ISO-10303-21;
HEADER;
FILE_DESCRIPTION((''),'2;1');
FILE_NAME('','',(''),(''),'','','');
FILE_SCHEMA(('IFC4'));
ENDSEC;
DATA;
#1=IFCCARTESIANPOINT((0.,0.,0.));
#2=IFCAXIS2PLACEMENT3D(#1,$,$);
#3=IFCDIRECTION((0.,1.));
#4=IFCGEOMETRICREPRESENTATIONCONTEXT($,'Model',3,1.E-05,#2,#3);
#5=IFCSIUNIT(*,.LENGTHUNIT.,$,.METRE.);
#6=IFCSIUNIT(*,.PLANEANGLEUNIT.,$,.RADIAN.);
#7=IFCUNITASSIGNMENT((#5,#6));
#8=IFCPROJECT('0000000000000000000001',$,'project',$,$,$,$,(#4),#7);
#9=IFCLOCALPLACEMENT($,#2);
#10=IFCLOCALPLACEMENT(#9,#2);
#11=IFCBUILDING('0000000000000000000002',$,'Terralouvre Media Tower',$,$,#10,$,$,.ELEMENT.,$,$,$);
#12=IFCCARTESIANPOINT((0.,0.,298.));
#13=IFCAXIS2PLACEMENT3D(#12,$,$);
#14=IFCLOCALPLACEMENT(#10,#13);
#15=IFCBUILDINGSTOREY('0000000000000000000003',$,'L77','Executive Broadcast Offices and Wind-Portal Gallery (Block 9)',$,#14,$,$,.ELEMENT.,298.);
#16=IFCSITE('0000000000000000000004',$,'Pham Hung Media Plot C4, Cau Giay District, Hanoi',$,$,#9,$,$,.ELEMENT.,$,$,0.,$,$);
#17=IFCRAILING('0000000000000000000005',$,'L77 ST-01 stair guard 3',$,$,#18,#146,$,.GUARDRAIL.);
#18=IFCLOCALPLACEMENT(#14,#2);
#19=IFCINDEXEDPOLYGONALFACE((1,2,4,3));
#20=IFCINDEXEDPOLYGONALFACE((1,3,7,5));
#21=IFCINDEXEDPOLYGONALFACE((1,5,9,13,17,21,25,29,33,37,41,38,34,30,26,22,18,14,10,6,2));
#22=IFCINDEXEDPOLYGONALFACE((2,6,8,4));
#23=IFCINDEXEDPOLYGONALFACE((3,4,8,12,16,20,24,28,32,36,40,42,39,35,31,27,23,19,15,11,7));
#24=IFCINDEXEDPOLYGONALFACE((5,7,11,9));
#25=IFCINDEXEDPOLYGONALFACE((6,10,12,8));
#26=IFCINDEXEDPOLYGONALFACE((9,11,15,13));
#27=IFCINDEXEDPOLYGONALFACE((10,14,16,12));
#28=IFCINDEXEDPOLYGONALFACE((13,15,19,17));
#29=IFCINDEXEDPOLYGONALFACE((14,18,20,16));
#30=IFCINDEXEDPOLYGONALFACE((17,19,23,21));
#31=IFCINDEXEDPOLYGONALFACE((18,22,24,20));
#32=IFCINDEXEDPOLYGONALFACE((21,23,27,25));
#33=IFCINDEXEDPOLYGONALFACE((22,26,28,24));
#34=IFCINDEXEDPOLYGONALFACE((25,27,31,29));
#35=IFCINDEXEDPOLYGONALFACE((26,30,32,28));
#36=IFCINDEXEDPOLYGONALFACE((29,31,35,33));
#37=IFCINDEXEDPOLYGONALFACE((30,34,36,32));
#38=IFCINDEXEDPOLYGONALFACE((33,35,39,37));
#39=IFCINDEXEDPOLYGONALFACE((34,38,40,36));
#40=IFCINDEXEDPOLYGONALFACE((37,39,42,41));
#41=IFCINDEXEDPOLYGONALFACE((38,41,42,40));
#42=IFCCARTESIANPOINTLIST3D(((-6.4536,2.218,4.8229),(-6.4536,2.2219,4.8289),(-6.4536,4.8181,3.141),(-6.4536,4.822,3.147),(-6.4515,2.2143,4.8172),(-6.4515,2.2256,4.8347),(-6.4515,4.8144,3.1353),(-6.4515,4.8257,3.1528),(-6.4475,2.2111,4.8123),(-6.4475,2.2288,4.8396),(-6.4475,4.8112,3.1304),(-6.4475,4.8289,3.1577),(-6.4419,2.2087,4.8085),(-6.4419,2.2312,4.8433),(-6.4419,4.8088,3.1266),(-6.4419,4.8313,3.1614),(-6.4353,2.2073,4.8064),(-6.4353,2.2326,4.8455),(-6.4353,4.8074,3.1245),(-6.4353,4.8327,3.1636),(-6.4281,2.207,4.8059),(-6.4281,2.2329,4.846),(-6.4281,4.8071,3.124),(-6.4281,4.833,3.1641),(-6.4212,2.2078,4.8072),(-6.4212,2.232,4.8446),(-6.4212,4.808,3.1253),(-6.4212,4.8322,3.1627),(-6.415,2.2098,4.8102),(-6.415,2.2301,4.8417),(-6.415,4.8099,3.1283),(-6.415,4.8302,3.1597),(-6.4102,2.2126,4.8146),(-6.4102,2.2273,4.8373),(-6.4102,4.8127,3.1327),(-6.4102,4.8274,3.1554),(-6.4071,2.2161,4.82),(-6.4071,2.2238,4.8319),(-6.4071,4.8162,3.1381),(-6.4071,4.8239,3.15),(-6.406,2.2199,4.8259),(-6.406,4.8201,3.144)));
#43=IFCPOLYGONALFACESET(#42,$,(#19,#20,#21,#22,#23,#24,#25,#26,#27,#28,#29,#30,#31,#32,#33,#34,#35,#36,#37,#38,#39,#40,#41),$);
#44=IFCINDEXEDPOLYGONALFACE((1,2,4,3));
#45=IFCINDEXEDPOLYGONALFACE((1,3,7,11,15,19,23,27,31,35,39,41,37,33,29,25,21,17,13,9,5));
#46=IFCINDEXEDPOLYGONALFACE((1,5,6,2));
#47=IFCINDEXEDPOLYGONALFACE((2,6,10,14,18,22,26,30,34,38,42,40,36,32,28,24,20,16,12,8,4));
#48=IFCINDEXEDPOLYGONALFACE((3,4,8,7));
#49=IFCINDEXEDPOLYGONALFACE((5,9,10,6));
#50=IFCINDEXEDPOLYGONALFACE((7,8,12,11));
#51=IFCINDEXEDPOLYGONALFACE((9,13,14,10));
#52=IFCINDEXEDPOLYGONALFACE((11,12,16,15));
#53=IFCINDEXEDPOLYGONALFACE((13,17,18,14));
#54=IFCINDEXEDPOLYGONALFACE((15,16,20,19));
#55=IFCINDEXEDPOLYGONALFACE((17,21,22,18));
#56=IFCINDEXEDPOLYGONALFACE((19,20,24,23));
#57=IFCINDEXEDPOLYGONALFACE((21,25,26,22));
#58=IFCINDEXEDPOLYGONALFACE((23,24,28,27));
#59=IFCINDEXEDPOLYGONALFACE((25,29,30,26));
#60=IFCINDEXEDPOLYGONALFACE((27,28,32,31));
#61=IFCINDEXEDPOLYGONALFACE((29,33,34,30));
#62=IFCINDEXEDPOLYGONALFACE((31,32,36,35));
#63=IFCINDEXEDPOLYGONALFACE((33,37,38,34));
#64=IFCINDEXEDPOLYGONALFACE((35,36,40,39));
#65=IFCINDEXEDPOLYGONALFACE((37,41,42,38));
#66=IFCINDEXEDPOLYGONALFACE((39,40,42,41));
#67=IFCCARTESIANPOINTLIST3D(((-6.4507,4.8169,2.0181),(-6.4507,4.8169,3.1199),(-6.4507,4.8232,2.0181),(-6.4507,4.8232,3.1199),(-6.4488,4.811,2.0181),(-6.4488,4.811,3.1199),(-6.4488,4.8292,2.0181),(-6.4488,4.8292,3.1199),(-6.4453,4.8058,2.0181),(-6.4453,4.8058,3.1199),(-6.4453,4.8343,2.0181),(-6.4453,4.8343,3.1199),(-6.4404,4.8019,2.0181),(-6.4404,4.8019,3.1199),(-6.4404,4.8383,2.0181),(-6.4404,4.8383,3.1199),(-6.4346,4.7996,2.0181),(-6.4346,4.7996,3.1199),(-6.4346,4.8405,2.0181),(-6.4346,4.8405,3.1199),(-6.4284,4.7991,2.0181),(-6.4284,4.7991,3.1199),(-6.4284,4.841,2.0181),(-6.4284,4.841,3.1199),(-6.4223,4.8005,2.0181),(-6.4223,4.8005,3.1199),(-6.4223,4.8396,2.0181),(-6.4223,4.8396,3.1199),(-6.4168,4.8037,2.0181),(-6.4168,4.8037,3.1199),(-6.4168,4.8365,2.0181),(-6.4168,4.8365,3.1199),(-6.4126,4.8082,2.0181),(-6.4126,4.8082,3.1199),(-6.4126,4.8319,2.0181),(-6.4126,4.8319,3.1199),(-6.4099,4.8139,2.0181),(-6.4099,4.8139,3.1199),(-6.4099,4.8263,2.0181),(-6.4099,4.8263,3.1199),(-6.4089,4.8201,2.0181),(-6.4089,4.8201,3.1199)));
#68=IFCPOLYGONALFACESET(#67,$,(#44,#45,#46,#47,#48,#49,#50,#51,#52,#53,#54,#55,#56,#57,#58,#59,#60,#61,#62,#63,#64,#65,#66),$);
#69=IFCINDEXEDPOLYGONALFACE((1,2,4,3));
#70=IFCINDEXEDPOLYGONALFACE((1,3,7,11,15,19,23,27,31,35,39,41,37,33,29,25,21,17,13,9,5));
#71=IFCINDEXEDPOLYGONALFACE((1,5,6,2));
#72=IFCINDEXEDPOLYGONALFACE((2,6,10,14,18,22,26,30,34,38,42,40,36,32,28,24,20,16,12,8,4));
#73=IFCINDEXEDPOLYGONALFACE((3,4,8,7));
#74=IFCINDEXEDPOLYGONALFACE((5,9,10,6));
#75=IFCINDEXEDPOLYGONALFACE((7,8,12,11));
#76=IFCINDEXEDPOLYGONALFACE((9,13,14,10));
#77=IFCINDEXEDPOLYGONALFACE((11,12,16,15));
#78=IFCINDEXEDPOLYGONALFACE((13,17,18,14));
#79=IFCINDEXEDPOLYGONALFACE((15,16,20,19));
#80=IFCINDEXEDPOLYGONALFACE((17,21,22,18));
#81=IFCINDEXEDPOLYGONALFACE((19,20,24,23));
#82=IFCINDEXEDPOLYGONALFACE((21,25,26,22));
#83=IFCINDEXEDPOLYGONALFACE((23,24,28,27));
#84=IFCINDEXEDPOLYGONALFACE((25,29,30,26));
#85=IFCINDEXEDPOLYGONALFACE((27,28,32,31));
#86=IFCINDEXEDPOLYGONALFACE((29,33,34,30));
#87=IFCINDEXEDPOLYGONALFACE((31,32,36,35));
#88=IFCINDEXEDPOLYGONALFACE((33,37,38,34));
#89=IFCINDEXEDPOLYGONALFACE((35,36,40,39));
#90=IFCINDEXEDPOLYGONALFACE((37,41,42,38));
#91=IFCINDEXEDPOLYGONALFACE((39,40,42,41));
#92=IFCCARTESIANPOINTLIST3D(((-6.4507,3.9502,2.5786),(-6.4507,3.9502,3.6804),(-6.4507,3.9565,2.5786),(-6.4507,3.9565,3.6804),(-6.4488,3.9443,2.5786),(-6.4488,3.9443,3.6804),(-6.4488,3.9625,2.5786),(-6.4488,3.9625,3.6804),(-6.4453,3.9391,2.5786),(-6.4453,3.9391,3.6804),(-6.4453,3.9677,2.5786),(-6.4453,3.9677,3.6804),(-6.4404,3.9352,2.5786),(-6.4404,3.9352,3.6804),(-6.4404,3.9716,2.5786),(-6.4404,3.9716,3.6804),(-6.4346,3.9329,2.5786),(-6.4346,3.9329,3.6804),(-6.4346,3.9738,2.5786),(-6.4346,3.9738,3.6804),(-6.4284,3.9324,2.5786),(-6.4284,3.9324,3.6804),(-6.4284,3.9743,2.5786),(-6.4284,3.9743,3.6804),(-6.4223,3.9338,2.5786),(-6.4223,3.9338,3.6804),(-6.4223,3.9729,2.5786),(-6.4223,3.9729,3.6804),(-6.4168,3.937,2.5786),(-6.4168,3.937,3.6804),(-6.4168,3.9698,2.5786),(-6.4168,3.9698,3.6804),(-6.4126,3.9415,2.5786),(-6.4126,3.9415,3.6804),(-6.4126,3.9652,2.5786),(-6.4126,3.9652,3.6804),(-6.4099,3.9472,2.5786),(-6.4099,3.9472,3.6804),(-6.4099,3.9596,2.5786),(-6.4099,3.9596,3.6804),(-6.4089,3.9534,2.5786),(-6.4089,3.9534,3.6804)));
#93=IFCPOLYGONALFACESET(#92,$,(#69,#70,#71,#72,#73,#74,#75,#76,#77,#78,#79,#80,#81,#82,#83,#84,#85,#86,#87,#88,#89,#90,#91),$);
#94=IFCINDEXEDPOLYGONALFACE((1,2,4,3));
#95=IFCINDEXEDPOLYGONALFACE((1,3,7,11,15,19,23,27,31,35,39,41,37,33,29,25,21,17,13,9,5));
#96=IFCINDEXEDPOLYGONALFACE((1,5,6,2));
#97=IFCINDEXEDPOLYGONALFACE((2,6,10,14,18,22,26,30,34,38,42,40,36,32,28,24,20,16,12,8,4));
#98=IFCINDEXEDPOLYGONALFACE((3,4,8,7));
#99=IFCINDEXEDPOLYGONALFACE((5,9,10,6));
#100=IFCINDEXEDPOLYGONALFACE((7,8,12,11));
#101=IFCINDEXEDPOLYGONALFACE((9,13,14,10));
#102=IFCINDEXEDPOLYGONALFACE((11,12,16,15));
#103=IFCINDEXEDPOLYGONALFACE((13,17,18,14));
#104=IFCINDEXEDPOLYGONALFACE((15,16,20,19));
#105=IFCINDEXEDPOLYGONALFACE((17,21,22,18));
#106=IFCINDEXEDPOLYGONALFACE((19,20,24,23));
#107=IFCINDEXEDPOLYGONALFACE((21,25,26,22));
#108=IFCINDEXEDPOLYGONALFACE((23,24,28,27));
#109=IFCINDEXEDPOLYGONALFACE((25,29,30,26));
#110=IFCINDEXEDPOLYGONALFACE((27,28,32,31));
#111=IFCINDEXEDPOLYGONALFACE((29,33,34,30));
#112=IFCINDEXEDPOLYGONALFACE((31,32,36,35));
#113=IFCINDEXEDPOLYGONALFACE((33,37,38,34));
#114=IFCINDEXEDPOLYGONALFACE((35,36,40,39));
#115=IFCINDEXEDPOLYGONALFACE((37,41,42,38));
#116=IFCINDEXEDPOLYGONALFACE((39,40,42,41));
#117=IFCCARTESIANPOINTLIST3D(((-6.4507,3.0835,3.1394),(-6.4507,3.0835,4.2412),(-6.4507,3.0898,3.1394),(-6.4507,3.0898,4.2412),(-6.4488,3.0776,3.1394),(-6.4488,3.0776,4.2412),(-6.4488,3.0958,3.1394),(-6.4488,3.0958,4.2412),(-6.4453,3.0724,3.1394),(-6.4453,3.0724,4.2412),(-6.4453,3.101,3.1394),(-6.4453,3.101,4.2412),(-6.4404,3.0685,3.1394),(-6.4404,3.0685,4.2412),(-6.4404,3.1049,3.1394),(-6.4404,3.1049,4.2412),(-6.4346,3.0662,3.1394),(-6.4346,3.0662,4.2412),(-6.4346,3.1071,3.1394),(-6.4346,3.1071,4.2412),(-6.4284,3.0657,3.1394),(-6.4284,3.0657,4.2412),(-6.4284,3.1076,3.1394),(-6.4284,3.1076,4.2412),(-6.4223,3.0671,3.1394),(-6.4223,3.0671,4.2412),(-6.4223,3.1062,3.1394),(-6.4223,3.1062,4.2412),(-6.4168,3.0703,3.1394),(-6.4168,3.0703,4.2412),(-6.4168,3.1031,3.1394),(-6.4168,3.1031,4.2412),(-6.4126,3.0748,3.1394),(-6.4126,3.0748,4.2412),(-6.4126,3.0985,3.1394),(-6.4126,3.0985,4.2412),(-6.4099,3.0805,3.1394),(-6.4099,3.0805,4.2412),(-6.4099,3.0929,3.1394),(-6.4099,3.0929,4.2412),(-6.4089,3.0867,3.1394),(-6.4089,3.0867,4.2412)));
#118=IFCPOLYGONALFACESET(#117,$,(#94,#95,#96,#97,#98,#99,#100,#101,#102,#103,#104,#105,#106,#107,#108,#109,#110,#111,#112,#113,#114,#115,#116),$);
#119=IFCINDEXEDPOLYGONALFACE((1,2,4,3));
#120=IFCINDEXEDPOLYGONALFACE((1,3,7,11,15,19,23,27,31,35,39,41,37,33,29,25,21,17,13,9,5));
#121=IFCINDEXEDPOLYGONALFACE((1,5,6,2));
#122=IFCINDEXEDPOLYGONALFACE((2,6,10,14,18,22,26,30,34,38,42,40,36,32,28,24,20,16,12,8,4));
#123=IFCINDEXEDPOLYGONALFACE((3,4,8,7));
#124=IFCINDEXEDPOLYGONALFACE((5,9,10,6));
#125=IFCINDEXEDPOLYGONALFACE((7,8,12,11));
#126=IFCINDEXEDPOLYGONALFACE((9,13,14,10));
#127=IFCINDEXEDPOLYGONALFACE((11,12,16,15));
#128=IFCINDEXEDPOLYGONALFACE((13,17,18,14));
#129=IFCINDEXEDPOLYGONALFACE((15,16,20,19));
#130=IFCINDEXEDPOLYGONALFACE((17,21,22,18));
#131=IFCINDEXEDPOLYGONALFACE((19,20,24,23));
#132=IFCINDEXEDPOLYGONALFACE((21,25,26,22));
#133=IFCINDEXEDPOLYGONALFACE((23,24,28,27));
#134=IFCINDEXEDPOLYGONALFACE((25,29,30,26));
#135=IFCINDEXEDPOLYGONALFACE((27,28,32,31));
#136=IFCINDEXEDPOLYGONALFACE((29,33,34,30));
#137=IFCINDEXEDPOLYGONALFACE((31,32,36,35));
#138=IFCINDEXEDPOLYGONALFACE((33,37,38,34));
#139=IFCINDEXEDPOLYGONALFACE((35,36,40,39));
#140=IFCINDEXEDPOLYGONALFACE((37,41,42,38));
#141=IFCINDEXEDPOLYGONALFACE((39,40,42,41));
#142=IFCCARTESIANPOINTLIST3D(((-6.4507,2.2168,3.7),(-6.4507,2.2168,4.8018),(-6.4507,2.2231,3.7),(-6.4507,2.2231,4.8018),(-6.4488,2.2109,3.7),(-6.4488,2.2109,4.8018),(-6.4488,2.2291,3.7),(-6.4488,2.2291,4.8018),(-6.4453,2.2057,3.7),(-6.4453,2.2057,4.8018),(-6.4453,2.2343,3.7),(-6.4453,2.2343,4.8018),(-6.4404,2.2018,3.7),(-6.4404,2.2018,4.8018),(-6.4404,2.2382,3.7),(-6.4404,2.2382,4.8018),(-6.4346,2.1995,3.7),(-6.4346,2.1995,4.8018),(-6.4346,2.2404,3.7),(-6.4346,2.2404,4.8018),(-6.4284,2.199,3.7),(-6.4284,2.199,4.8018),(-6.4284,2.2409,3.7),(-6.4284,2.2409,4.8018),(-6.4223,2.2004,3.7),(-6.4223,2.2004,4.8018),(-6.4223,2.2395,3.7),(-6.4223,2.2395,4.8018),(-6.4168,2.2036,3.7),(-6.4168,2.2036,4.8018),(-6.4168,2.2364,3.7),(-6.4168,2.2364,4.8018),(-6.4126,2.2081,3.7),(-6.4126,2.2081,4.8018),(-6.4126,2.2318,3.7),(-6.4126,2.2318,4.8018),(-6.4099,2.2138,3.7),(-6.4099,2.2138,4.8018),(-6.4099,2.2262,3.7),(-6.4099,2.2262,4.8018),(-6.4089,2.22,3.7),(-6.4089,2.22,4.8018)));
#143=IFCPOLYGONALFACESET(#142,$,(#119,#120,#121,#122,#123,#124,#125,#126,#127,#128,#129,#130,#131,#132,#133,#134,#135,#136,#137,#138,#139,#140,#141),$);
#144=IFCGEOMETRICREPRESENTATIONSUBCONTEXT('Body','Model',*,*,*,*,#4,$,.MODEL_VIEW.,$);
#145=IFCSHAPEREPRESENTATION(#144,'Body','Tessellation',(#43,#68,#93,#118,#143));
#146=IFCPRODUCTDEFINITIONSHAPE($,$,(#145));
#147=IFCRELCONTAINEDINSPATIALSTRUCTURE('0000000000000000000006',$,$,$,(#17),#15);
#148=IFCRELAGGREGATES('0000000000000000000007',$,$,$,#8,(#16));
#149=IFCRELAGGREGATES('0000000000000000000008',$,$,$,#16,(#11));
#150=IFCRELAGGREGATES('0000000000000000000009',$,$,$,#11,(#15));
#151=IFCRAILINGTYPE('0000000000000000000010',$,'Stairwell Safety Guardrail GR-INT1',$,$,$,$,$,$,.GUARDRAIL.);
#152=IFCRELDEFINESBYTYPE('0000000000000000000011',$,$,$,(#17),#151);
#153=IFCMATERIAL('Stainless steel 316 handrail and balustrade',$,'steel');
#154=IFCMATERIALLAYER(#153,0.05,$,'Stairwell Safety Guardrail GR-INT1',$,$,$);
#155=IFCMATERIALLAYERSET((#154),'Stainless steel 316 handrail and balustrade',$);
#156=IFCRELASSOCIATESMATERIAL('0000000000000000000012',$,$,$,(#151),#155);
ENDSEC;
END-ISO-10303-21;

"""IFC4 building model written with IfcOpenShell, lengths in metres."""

from ifc_helpers import new_model, si_unit, direction, frame, origin, origin_2d, place, context, subcontext, project, spatial, circle, extrude, material, layer, layer_set, type_object, element, save


model = new_model("IFC4")

# Units and contexts
model_context = context("Model", 3, precision=1e-05, world=origin(), true_north=direction((0.0, 1.0)))
body_context = subcontext(model_context, "Body", "Model", "MODEL_VIEW")
ifc_project = project(units=[si_unit("LENGTHUNIT", "METRE"), si_unit("PLANEANGLEUNIT", "RADIAN")], contexts=[model_context])

# Site, building, storey
site_placement = place(None, origin())
site = spatial("IfcSite", under=ifc_project, at=site_placement, Name="Pham Hung Media Plot C4, Cau Giay District, Hanoi", CompositionType="ELEMENT", RefElevation=0.0)
building_placement = place(site_placement, origin())
building = spatial("IfcBuilding", under=site, at=building_placement, Name="Terralouvre Media Tower", CompositionType="ELEMENT")
storey_placement = place(building_placement, frame((0.0, 0.0, 298.0)))
storey = spatial("IfcBuildingStorey", under=building, at=storey_placement, Name="L77", Description="Executive Broadcast Offices and Wind-Portal Gallery (Block 9)", CompositionType="ELEMENT", Elevation=298.0)

# Railing
ifc_material_1 = material(Name="Stainless steel 316 handrail and balustrade", Category="steel")
ifc_layer_1 = layer(ifc_material_1, 0.05, Name="Stairwell Safety Guardrail GR-INT1")
ifc_layer_set_1 = layer_set([ifc_layer_1], Name="Stainless steel 316 handrail and balustrade")
railing_type = type_object("IfcRailingType", Name="Stairwell Safety Guardrail GR-INT1", PredefinedType="GUARDRAIL", material=ifc_layer_set_1)
railing_1_placement = place(storey_placement, frame((-6.4299, 4.8201, 2.0181)))
element("IfcRailing", 1, at=railing_1_placement, inside=storey, type_object=railing_type, Name="L77 ST-01 stair guard 3", PredefinedType="GUARDRAIL", context=body_context, shape_type="SweptSolid", body=[
    extrude(circle(Radius=0.0239, at=origin_2d()), frame((0.0, 0.0, 1.126), z_axis=(0.0, -0.839648, 0.54313), x_axis=(1.0, 0.0, 0.0)), (0.0, 0.0, 1.0), 3.0967),
    extrude(circle(Radius=0.021, at=origin_2d()), origin(), (0.0, 0.0, 1.0), 1.1018),
    extrude(circle(Radius=0.021, at=origin_2d()), frame((0.0, -0.8667, 0.5605)), (0.0, 0.0, 1.0), 1.1018),
    extrude(circle(Radius=0.021, at=origin_2d()), frame((0.0, -1.7334, 1.1213)), (0.0, 0.0, 1.0), 1.1018),
    extrude(circle(Radius=0.021, at=origin_2d()), frame((0.0, -2.6001, 1.6819)), (0.0, 0.0, 1.0), 1.1018),
])

save(model, "model.ifc")
